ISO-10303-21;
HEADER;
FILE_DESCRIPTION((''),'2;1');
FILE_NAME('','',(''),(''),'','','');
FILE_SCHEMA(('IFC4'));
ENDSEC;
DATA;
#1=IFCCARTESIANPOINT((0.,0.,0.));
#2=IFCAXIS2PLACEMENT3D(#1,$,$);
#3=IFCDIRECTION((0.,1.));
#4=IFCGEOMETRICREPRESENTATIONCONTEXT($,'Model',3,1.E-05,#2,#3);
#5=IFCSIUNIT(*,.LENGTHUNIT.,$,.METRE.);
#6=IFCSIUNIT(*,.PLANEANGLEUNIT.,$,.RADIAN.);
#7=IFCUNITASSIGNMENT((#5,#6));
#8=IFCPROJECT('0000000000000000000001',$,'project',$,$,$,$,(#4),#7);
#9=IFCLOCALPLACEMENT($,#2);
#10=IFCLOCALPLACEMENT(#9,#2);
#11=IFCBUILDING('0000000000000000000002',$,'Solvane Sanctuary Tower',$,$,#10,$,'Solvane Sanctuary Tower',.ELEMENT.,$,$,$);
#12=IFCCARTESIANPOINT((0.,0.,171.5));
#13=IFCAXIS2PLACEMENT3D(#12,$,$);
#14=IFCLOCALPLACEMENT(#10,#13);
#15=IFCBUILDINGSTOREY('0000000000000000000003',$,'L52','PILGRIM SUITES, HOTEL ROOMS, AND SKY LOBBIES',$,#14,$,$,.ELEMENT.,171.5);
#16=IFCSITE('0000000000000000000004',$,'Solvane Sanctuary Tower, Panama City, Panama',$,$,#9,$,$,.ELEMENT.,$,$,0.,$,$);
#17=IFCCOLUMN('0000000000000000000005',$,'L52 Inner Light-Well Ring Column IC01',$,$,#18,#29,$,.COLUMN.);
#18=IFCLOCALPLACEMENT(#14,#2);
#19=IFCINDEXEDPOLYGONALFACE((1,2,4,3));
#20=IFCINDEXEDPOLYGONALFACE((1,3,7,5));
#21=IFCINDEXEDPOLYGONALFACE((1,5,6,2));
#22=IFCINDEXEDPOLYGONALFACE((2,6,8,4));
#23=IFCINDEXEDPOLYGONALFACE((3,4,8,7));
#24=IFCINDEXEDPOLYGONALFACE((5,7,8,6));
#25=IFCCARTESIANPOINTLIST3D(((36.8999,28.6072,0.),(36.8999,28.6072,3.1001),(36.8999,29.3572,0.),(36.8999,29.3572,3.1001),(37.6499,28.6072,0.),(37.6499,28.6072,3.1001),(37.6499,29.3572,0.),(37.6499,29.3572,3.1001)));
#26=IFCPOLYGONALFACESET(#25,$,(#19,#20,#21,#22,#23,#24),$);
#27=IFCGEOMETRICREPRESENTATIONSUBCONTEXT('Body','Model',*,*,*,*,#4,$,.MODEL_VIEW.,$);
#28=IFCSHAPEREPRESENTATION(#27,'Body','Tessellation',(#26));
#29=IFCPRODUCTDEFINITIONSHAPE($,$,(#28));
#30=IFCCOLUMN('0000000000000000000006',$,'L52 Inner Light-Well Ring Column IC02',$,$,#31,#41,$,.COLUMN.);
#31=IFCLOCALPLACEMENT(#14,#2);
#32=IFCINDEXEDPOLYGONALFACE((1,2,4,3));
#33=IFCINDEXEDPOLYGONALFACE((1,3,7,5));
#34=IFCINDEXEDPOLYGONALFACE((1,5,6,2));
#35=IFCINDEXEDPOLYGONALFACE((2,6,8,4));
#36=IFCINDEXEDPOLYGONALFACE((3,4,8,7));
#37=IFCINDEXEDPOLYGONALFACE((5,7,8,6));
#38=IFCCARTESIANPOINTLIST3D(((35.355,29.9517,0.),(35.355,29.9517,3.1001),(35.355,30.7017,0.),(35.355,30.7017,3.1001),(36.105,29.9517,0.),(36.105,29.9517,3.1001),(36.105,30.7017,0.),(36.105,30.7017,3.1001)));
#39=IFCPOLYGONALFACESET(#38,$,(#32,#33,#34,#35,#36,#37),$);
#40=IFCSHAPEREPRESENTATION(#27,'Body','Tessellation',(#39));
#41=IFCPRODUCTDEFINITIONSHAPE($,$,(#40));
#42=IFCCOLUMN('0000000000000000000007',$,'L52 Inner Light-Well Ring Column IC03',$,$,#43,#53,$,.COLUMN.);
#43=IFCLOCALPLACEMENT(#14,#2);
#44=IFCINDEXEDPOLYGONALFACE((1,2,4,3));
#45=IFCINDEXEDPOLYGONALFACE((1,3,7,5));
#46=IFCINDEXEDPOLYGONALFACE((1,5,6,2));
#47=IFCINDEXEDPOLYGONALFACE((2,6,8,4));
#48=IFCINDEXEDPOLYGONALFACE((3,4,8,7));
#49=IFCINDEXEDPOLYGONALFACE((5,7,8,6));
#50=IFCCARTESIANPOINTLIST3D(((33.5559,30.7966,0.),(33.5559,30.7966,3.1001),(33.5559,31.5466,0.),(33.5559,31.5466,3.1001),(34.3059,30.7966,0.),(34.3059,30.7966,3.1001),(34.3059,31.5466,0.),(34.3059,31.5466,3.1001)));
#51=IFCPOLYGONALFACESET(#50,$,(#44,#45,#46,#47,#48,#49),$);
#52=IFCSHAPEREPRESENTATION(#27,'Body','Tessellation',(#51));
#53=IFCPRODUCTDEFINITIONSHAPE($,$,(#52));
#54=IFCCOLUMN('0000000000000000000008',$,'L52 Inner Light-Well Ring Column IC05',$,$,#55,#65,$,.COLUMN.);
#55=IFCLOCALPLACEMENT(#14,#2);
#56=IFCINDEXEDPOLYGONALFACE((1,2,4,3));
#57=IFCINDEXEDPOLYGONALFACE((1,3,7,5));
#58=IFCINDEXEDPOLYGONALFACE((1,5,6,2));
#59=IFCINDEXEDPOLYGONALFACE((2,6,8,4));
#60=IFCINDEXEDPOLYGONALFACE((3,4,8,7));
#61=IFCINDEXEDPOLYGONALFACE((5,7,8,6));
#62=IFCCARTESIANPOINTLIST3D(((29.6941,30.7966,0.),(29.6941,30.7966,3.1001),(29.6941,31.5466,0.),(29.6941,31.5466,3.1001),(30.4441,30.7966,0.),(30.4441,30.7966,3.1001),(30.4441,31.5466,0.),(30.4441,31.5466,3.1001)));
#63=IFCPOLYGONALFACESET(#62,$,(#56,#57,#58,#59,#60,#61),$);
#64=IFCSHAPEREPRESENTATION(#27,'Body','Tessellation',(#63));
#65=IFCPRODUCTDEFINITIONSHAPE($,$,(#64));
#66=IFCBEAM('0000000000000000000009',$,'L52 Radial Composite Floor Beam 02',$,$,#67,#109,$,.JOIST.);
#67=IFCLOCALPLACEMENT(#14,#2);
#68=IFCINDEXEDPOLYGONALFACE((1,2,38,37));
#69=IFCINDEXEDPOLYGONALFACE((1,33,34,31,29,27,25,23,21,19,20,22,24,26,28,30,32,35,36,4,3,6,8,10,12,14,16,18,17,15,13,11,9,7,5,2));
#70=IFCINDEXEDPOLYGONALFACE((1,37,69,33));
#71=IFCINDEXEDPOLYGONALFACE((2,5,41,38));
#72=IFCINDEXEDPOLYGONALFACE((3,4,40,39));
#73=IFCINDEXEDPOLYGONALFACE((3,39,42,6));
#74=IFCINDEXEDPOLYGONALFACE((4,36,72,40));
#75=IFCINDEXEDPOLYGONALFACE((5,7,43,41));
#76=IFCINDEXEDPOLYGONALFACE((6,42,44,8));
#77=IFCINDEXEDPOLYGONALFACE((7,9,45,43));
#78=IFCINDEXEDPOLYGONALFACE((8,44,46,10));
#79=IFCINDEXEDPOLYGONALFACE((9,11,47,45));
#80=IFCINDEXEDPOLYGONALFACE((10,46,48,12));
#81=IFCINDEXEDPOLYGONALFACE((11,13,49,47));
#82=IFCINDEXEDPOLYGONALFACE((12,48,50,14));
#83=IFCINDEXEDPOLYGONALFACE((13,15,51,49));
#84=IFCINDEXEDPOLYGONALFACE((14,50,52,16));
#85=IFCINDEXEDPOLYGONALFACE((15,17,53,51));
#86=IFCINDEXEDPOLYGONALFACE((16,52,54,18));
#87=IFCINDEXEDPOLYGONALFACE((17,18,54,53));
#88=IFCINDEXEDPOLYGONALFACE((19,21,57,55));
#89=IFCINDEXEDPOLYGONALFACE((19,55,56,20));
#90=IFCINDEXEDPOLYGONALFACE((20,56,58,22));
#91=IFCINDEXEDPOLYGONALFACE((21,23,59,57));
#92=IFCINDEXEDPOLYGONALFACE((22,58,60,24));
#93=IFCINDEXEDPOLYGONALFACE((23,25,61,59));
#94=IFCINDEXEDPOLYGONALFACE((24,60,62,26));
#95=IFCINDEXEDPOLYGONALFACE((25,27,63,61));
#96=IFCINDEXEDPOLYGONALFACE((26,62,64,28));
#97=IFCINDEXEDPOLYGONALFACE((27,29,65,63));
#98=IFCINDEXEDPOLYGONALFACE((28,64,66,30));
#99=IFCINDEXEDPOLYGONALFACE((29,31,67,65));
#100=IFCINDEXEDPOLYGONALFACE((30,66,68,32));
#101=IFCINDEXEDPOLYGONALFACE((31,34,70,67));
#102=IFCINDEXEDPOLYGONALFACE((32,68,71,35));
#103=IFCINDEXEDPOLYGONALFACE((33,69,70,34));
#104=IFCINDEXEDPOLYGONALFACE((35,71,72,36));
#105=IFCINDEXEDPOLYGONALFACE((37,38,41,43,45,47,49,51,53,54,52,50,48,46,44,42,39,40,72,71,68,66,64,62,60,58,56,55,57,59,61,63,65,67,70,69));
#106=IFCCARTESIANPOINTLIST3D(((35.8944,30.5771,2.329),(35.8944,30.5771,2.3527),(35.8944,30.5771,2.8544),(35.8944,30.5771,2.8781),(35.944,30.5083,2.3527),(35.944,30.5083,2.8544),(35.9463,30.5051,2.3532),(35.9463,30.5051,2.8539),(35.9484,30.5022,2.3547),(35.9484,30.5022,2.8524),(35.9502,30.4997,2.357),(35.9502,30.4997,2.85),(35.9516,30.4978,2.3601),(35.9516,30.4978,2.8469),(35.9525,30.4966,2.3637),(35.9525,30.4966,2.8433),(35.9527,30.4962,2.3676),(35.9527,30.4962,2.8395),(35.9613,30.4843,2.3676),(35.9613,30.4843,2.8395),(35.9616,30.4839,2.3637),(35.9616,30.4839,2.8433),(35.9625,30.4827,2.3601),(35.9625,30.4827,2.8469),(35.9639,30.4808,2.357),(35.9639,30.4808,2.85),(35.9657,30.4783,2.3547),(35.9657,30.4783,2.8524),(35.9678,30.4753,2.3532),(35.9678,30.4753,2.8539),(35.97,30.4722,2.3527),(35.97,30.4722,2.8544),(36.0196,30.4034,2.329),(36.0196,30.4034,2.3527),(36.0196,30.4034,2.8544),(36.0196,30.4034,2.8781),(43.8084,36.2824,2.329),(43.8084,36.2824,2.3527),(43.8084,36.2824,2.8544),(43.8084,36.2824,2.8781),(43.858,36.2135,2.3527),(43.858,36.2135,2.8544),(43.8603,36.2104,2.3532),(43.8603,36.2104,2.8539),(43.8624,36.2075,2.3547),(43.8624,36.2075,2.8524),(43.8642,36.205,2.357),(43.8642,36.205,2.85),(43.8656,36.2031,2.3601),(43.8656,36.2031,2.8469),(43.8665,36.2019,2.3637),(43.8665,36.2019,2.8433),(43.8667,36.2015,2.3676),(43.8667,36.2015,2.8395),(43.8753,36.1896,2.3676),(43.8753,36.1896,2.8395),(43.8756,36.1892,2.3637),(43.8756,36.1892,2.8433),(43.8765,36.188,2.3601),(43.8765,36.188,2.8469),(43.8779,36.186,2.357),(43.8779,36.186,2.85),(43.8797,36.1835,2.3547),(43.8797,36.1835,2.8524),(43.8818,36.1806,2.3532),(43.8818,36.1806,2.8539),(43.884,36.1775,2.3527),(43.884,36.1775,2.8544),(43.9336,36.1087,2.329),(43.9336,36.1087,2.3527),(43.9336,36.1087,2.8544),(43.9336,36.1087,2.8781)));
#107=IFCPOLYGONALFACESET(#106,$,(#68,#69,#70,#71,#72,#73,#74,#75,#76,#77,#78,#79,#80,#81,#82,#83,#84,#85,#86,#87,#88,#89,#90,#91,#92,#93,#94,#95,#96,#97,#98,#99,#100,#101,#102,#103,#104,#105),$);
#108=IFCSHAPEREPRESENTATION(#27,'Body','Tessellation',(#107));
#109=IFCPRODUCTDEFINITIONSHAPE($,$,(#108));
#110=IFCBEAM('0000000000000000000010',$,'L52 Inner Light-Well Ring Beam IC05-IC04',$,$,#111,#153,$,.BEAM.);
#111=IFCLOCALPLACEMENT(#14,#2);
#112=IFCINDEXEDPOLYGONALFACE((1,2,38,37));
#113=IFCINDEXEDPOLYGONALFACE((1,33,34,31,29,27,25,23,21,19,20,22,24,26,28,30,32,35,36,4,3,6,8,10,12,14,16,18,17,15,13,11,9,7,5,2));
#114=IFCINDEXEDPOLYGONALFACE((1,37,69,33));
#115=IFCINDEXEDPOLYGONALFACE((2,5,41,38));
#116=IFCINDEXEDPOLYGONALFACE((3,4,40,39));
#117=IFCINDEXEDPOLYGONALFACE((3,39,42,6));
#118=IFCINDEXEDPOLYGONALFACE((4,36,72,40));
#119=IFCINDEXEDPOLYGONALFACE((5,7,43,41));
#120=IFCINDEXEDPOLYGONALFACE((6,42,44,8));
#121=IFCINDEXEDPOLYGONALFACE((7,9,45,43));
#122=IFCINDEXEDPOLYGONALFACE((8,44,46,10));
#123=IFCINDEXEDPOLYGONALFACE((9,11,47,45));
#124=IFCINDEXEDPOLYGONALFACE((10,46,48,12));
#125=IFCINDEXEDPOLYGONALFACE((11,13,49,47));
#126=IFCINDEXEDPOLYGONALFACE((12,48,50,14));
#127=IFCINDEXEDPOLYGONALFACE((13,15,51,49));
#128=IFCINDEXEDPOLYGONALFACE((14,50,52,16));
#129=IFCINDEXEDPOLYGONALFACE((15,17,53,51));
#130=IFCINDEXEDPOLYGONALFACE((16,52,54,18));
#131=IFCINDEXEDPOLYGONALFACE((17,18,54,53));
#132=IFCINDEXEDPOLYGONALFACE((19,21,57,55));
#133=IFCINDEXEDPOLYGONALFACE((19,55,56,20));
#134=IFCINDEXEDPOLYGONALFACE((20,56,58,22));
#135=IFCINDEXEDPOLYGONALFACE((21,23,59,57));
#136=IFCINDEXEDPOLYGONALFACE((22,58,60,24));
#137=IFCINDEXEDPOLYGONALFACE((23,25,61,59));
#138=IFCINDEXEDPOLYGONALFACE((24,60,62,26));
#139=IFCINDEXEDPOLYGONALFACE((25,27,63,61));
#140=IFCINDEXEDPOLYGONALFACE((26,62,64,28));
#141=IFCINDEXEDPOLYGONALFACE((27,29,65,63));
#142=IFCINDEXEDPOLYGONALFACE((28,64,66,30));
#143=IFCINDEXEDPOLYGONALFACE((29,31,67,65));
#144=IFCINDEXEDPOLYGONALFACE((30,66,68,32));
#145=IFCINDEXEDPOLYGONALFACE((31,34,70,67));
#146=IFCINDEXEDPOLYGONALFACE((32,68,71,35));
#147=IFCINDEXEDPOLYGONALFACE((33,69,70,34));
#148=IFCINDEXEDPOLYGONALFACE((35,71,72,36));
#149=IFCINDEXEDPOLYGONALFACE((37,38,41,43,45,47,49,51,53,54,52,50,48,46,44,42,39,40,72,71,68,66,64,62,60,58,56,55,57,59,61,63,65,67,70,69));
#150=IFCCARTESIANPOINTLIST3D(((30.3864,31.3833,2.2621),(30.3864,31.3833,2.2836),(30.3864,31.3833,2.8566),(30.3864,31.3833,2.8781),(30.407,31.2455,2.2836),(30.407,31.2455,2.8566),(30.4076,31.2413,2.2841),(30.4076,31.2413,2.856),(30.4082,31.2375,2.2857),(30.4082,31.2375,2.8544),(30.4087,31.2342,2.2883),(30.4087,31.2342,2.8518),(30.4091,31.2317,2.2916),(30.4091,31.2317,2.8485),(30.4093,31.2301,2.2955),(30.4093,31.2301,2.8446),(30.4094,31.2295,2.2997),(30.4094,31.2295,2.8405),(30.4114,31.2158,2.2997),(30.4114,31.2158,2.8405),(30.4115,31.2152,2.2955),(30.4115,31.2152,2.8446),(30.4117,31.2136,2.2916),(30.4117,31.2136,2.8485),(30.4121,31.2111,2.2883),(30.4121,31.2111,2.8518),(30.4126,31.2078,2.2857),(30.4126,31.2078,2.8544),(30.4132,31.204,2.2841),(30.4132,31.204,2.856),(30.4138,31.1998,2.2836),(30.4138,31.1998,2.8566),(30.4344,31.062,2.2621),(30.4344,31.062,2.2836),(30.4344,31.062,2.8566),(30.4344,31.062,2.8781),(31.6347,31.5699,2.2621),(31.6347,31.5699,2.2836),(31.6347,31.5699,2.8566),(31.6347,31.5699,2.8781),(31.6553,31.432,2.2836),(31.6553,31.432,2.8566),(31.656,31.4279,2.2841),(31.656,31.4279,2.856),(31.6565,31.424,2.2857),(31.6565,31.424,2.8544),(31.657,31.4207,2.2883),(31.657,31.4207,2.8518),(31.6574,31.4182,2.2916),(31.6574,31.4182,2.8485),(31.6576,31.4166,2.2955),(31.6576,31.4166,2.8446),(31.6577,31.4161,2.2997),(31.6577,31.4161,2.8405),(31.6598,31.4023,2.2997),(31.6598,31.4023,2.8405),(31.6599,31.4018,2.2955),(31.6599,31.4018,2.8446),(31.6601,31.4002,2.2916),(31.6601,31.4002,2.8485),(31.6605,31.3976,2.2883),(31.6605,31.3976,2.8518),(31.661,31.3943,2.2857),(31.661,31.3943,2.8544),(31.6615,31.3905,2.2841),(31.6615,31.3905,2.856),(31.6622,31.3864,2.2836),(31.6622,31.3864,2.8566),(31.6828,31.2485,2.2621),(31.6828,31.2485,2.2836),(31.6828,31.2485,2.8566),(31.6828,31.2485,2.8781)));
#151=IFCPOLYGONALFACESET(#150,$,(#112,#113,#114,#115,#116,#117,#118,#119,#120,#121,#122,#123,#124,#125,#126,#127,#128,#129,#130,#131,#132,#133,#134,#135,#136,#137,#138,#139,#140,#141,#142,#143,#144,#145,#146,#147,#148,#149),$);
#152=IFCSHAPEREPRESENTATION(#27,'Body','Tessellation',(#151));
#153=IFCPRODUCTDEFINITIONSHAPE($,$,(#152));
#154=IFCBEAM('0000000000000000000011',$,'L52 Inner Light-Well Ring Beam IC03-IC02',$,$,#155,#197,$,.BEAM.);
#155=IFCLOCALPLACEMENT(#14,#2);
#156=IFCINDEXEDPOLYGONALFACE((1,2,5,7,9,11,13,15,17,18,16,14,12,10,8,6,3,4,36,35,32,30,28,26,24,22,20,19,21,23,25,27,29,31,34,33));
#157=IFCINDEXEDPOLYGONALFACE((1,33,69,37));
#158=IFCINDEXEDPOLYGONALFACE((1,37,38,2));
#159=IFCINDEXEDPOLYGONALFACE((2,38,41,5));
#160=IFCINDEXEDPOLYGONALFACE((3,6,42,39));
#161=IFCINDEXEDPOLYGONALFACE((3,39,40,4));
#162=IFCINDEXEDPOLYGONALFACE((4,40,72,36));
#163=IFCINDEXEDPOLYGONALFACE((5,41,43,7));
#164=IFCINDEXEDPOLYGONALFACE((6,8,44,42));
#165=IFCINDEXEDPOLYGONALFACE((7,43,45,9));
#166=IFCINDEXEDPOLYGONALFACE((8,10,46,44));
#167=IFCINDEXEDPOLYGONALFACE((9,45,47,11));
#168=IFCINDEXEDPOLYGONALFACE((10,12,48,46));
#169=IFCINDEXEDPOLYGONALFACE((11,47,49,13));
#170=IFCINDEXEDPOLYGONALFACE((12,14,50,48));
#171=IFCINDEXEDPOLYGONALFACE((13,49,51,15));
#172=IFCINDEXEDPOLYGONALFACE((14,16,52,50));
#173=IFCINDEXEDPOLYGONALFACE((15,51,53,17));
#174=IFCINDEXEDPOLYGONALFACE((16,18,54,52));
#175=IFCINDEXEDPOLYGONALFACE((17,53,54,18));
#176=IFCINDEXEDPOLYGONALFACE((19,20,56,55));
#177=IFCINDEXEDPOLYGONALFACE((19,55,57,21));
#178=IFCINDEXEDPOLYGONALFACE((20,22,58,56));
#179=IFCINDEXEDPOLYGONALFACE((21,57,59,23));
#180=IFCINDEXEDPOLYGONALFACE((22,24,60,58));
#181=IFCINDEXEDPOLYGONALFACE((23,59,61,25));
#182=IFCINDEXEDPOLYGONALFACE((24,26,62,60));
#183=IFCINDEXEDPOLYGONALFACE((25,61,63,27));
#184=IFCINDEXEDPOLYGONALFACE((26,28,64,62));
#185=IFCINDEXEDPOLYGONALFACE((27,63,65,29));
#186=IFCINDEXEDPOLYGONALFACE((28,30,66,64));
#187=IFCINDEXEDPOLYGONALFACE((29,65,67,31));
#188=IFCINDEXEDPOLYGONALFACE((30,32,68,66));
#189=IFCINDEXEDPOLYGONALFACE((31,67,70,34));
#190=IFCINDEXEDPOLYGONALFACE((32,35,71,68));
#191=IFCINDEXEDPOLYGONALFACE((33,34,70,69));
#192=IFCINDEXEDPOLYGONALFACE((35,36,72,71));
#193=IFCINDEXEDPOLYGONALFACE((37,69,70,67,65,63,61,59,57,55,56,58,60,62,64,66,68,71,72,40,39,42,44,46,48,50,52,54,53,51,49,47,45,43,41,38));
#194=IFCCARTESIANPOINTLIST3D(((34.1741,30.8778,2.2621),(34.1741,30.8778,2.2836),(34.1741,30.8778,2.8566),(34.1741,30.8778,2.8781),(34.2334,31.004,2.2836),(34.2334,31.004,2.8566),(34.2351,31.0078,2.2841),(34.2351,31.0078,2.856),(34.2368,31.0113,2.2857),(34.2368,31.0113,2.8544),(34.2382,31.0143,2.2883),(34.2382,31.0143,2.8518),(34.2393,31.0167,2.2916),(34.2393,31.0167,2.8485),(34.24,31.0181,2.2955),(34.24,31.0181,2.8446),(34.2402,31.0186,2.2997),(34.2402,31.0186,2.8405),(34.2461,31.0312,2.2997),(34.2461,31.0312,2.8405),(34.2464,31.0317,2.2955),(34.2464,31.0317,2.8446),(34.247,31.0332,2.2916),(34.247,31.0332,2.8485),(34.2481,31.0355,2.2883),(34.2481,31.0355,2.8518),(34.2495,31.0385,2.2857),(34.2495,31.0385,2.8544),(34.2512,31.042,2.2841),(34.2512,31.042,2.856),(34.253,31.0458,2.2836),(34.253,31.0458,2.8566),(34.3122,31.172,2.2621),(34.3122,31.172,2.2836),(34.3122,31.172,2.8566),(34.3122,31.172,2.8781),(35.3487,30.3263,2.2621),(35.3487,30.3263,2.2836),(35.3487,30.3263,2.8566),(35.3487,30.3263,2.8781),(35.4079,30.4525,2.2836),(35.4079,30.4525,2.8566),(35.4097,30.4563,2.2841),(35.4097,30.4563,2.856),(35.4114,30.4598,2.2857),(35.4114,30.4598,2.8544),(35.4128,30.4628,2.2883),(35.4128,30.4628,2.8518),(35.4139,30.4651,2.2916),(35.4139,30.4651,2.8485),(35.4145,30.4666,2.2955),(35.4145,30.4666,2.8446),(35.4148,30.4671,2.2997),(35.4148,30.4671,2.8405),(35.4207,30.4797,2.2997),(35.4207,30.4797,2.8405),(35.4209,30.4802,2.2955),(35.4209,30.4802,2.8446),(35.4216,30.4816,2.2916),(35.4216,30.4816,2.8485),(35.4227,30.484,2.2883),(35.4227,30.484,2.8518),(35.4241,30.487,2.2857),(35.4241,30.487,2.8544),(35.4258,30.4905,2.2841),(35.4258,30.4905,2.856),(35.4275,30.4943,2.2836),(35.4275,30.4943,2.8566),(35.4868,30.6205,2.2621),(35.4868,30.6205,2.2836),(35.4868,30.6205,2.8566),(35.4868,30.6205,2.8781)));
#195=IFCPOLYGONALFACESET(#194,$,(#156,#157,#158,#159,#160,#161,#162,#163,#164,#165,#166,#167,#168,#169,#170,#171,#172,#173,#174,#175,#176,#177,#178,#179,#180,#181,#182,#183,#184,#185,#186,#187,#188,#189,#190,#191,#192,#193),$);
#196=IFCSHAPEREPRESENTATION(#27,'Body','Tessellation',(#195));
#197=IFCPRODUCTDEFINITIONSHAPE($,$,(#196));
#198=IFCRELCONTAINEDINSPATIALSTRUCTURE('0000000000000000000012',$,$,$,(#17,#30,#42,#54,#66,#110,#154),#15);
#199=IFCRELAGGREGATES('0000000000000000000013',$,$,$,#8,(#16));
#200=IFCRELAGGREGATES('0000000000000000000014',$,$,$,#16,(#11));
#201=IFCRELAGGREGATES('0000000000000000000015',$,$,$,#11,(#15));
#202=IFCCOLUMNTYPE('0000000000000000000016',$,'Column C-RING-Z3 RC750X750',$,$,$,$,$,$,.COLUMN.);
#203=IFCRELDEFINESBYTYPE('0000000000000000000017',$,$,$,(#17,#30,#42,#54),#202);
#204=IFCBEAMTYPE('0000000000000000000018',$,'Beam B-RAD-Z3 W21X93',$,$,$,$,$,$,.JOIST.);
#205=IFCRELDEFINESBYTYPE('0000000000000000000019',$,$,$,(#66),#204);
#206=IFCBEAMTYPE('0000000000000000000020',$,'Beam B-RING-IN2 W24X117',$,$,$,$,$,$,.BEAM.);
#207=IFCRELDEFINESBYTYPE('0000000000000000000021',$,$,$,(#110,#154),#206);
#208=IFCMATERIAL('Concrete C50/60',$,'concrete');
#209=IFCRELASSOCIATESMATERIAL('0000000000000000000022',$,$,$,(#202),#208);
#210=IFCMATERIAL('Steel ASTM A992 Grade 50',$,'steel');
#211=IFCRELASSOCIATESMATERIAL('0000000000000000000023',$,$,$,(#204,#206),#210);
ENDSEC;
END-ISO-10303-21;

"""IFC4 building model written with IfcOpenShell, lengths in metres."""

from ifc_helpers import new_model, si_unit, direction, frame, origin, origin_2d, place, context, subcontext, project, spatial, rectangle, i_section, extrude, material, material_profile, profile_set, type_object, element, save


model = new_model("IFC4")

# Units and contexts
model_context = context("Model", 3, precision=1e-05, world=origin(), true_north=direction((0.0, 1.0)))
body_context = subcontext(model_context, "Body", "Model", "MODEL_VIEW")
ifc_project = project(units=[si_unit("LENGTHUNIT", "METRE"), si_unit("PLANEANGLEUNIT", "RADIAN")], contexts=[model_context])

# Site, building, storey
site_placement = place(None, origin())
site = spatial("IfcSite", under=ifc_project, at=site_placement, Name="Solvane Sanctuary Tower, Panama City, Panama", CompositionType="ELEMENT", RefElevation=0.0)
building_placement = place(site_placement, origin())
building = spatial("IfcBuilding", under=site, at=building_placement, Name="Solvane Sanctuary Tower", LongName="Solvane Sanctuary Tower", CompositionType="ELEMENT")
storey_placement = place(building_placement, frame((0.0, 0.0, 171.5)))
storey = spatial("IfcBuildingStorey", under=building, at=storey_placement, Name="L52", Description="PILGRIM SUITES, HOTEL ROOMS, AND SKY LOBBIES", CompositionType="ELEMENT", Elevation=171.5)

# Columns
ifc_material_1 = material(Name="Concrete C50/60", Category="concrete")
ifc_material_profile_1 = material_profile(ifc_material_1, rectangle(XDim=0.75, YDim=0.75, at=origin_2d()), Name="RC750X750")
ifc_profile_set_1 = profile_set([ifc_material_profile_1], Name="Concrete C50/60")
column_type = type_object("IfcColumnType", Name="Column C-RING-Z3 RC750X750", PredefinedType="COLUMN", material=ifc_profile_set_1)
for number, where, z_axis, x_axis, name in (
    (1, (37.2749, 28.9822, 0.0), (0.0, 0.0, 1.0), (1.0, 0.0, 0.0), "L52 Inner Light-Well Ring Column IC01"),
    (2, (35.73, 30.3267, 0.0), (0.0, 0.0, 1.0), (1.0, 0.0, 0.0), "L52 Inner Light-Well Ring Column IC02"),
    (3, (33.9309, 31.1716, 0.0), (0.0, 0.0, 1.0), (1.0, 0.0, 0.0), "L52 Inner Light-Well Ring Column IC03"),
    (4, (30.0691, 31.1716, 0.0), (0.0, 0.0, 1.0), (1.0, 0.0, 0.0), "L52 Inner Light-Well Ring Column IC05"),
):
    element("IfcColumn", number, at=place(storey_placement, frame(where, z_axis=z_axis, x_axis=x_axis)), inside=storey, type_object=column_type, Name=name, PredefinedType="COLUMN", context=body_context, shape_type="SweptSolid", body=[
        extrude(rectangle(XDim=0.75, YDim=0.75, at=origin_2d()), origin(), (0.0, 0.0, 1.0), 3.1001),
    ])

# Beams
ifc_material_2 = material(Name="Steel ASTM A992 Grade 50", Category="steel")
ifc_material_profile_2 = material_profile(ifc_material_2, i_section(OverallWidth=0.2141, OverallDepth=0.5491, WebThickness=0.0146, FlangeThickness=0.0237, FilletRadius=0.0149, at=origin_2d()), Name="W21X93")
ifc_profile_set_2 = profile_set([ifc_material_profile_2], Name="Steel ASTM A992 Grade 50")
beam_type_1 = type_object("IfcBeamType", Name="Beam B-RAD-Z3 W21X93", PredefinedType="JOIST", material=ifc_profile_set_2)
beam_1_placement = place(storey_placement, frame((35.957, 30.4902, 2.6035), z_axis=(0.811184, 0.58479, 0.0), x_axis=(-0.58479, 0.811184, 0.0)))
element("IfcBeam", 5, at=beam_1_placement, inside=storey, type_object=beam_type_1, Name="L52 Radial Composite Floor Beam 02", PredefinedType="JOIST", context=body_context, shape_type="SweptSolid", body=[
    extrude(i_section(OverallWidth=0.2141, OverallDepth=0.5491, WebThickness=0.0146, FlangeThickness=0.0237, FilletRadius=0.0149, at=origin_2d()), origin(), (0.0, 0.0, 1.0), 9.7561),
])
ifc_material_profile_3 = material_profile(ifc_material_2, i_section(OverallWidth=0.325, OverallDepth=0.616, WebThickness=0.0139, FlangeThickness=0.0215, FilletRadius=0.0161, at=origin_2d()), Name="W24X117")
ifc_profile_set_3 = profile_set([ifc_material_profile_3], Name="Steel ASTM A992 Grade 50")
beam_type_2 = type_object("IfcBeamType", Name="Beam B-RING-IN2 W24X117", PredefinedType="BEAM", material=ifc_profile_set_3)
beam_2_placement = place(storey_placement, frame((30.4104, 31.2227, 2.5701), z_axis=(0.98902, 0.147782, 0.0), x_axis=(-0.147782, 0.98902, 0.0)))
element("IfcBeam", 6, at=beam_2_placement, inside=storey, type_object=beam_type_2, Name="L52 Inner Light-Well Ring Beam IC05-IC04", PredefinedType="BEAM", context=body_context, shape_type="SweptSolid", body=[
    extrude(i_section(OverallWidth=0.325, OverallDepth=0.616, WebThickness=0.0139, FlangeThickness=0.0215, FilletRadius=0.0161, at=origin_2d()), origin(), (0.0, 0.0, 1.0), 1.2622),
])
beam_3_placement = place(storey_placement, frame((34.2432, 31.0249, 2.5701), z_axis=(0.905181, -0.425027, 0.0), x_axis=(0.425027, 0.905181, 0.0)))
element("IfcBeam", 7, at=beam_3_placement, inside=storey, type_object=beam_type_2, Name="L52 Inner Light-Well Ring Beam IC03-IC02", PredefinedType="BEAM", context=body_context, shape_type="SweptSolid", body=[
    extrude(i_section(OverallWidth=0.325, OverallDepth=0.616, WebThickness=0.0139, FlangeThickness=0.0215, FilletRadius=0.0161, at=origin_2d()), origin(), (0.0, 0.0, 1.0), 1.2976),
])

save(model, "model.ifc")
